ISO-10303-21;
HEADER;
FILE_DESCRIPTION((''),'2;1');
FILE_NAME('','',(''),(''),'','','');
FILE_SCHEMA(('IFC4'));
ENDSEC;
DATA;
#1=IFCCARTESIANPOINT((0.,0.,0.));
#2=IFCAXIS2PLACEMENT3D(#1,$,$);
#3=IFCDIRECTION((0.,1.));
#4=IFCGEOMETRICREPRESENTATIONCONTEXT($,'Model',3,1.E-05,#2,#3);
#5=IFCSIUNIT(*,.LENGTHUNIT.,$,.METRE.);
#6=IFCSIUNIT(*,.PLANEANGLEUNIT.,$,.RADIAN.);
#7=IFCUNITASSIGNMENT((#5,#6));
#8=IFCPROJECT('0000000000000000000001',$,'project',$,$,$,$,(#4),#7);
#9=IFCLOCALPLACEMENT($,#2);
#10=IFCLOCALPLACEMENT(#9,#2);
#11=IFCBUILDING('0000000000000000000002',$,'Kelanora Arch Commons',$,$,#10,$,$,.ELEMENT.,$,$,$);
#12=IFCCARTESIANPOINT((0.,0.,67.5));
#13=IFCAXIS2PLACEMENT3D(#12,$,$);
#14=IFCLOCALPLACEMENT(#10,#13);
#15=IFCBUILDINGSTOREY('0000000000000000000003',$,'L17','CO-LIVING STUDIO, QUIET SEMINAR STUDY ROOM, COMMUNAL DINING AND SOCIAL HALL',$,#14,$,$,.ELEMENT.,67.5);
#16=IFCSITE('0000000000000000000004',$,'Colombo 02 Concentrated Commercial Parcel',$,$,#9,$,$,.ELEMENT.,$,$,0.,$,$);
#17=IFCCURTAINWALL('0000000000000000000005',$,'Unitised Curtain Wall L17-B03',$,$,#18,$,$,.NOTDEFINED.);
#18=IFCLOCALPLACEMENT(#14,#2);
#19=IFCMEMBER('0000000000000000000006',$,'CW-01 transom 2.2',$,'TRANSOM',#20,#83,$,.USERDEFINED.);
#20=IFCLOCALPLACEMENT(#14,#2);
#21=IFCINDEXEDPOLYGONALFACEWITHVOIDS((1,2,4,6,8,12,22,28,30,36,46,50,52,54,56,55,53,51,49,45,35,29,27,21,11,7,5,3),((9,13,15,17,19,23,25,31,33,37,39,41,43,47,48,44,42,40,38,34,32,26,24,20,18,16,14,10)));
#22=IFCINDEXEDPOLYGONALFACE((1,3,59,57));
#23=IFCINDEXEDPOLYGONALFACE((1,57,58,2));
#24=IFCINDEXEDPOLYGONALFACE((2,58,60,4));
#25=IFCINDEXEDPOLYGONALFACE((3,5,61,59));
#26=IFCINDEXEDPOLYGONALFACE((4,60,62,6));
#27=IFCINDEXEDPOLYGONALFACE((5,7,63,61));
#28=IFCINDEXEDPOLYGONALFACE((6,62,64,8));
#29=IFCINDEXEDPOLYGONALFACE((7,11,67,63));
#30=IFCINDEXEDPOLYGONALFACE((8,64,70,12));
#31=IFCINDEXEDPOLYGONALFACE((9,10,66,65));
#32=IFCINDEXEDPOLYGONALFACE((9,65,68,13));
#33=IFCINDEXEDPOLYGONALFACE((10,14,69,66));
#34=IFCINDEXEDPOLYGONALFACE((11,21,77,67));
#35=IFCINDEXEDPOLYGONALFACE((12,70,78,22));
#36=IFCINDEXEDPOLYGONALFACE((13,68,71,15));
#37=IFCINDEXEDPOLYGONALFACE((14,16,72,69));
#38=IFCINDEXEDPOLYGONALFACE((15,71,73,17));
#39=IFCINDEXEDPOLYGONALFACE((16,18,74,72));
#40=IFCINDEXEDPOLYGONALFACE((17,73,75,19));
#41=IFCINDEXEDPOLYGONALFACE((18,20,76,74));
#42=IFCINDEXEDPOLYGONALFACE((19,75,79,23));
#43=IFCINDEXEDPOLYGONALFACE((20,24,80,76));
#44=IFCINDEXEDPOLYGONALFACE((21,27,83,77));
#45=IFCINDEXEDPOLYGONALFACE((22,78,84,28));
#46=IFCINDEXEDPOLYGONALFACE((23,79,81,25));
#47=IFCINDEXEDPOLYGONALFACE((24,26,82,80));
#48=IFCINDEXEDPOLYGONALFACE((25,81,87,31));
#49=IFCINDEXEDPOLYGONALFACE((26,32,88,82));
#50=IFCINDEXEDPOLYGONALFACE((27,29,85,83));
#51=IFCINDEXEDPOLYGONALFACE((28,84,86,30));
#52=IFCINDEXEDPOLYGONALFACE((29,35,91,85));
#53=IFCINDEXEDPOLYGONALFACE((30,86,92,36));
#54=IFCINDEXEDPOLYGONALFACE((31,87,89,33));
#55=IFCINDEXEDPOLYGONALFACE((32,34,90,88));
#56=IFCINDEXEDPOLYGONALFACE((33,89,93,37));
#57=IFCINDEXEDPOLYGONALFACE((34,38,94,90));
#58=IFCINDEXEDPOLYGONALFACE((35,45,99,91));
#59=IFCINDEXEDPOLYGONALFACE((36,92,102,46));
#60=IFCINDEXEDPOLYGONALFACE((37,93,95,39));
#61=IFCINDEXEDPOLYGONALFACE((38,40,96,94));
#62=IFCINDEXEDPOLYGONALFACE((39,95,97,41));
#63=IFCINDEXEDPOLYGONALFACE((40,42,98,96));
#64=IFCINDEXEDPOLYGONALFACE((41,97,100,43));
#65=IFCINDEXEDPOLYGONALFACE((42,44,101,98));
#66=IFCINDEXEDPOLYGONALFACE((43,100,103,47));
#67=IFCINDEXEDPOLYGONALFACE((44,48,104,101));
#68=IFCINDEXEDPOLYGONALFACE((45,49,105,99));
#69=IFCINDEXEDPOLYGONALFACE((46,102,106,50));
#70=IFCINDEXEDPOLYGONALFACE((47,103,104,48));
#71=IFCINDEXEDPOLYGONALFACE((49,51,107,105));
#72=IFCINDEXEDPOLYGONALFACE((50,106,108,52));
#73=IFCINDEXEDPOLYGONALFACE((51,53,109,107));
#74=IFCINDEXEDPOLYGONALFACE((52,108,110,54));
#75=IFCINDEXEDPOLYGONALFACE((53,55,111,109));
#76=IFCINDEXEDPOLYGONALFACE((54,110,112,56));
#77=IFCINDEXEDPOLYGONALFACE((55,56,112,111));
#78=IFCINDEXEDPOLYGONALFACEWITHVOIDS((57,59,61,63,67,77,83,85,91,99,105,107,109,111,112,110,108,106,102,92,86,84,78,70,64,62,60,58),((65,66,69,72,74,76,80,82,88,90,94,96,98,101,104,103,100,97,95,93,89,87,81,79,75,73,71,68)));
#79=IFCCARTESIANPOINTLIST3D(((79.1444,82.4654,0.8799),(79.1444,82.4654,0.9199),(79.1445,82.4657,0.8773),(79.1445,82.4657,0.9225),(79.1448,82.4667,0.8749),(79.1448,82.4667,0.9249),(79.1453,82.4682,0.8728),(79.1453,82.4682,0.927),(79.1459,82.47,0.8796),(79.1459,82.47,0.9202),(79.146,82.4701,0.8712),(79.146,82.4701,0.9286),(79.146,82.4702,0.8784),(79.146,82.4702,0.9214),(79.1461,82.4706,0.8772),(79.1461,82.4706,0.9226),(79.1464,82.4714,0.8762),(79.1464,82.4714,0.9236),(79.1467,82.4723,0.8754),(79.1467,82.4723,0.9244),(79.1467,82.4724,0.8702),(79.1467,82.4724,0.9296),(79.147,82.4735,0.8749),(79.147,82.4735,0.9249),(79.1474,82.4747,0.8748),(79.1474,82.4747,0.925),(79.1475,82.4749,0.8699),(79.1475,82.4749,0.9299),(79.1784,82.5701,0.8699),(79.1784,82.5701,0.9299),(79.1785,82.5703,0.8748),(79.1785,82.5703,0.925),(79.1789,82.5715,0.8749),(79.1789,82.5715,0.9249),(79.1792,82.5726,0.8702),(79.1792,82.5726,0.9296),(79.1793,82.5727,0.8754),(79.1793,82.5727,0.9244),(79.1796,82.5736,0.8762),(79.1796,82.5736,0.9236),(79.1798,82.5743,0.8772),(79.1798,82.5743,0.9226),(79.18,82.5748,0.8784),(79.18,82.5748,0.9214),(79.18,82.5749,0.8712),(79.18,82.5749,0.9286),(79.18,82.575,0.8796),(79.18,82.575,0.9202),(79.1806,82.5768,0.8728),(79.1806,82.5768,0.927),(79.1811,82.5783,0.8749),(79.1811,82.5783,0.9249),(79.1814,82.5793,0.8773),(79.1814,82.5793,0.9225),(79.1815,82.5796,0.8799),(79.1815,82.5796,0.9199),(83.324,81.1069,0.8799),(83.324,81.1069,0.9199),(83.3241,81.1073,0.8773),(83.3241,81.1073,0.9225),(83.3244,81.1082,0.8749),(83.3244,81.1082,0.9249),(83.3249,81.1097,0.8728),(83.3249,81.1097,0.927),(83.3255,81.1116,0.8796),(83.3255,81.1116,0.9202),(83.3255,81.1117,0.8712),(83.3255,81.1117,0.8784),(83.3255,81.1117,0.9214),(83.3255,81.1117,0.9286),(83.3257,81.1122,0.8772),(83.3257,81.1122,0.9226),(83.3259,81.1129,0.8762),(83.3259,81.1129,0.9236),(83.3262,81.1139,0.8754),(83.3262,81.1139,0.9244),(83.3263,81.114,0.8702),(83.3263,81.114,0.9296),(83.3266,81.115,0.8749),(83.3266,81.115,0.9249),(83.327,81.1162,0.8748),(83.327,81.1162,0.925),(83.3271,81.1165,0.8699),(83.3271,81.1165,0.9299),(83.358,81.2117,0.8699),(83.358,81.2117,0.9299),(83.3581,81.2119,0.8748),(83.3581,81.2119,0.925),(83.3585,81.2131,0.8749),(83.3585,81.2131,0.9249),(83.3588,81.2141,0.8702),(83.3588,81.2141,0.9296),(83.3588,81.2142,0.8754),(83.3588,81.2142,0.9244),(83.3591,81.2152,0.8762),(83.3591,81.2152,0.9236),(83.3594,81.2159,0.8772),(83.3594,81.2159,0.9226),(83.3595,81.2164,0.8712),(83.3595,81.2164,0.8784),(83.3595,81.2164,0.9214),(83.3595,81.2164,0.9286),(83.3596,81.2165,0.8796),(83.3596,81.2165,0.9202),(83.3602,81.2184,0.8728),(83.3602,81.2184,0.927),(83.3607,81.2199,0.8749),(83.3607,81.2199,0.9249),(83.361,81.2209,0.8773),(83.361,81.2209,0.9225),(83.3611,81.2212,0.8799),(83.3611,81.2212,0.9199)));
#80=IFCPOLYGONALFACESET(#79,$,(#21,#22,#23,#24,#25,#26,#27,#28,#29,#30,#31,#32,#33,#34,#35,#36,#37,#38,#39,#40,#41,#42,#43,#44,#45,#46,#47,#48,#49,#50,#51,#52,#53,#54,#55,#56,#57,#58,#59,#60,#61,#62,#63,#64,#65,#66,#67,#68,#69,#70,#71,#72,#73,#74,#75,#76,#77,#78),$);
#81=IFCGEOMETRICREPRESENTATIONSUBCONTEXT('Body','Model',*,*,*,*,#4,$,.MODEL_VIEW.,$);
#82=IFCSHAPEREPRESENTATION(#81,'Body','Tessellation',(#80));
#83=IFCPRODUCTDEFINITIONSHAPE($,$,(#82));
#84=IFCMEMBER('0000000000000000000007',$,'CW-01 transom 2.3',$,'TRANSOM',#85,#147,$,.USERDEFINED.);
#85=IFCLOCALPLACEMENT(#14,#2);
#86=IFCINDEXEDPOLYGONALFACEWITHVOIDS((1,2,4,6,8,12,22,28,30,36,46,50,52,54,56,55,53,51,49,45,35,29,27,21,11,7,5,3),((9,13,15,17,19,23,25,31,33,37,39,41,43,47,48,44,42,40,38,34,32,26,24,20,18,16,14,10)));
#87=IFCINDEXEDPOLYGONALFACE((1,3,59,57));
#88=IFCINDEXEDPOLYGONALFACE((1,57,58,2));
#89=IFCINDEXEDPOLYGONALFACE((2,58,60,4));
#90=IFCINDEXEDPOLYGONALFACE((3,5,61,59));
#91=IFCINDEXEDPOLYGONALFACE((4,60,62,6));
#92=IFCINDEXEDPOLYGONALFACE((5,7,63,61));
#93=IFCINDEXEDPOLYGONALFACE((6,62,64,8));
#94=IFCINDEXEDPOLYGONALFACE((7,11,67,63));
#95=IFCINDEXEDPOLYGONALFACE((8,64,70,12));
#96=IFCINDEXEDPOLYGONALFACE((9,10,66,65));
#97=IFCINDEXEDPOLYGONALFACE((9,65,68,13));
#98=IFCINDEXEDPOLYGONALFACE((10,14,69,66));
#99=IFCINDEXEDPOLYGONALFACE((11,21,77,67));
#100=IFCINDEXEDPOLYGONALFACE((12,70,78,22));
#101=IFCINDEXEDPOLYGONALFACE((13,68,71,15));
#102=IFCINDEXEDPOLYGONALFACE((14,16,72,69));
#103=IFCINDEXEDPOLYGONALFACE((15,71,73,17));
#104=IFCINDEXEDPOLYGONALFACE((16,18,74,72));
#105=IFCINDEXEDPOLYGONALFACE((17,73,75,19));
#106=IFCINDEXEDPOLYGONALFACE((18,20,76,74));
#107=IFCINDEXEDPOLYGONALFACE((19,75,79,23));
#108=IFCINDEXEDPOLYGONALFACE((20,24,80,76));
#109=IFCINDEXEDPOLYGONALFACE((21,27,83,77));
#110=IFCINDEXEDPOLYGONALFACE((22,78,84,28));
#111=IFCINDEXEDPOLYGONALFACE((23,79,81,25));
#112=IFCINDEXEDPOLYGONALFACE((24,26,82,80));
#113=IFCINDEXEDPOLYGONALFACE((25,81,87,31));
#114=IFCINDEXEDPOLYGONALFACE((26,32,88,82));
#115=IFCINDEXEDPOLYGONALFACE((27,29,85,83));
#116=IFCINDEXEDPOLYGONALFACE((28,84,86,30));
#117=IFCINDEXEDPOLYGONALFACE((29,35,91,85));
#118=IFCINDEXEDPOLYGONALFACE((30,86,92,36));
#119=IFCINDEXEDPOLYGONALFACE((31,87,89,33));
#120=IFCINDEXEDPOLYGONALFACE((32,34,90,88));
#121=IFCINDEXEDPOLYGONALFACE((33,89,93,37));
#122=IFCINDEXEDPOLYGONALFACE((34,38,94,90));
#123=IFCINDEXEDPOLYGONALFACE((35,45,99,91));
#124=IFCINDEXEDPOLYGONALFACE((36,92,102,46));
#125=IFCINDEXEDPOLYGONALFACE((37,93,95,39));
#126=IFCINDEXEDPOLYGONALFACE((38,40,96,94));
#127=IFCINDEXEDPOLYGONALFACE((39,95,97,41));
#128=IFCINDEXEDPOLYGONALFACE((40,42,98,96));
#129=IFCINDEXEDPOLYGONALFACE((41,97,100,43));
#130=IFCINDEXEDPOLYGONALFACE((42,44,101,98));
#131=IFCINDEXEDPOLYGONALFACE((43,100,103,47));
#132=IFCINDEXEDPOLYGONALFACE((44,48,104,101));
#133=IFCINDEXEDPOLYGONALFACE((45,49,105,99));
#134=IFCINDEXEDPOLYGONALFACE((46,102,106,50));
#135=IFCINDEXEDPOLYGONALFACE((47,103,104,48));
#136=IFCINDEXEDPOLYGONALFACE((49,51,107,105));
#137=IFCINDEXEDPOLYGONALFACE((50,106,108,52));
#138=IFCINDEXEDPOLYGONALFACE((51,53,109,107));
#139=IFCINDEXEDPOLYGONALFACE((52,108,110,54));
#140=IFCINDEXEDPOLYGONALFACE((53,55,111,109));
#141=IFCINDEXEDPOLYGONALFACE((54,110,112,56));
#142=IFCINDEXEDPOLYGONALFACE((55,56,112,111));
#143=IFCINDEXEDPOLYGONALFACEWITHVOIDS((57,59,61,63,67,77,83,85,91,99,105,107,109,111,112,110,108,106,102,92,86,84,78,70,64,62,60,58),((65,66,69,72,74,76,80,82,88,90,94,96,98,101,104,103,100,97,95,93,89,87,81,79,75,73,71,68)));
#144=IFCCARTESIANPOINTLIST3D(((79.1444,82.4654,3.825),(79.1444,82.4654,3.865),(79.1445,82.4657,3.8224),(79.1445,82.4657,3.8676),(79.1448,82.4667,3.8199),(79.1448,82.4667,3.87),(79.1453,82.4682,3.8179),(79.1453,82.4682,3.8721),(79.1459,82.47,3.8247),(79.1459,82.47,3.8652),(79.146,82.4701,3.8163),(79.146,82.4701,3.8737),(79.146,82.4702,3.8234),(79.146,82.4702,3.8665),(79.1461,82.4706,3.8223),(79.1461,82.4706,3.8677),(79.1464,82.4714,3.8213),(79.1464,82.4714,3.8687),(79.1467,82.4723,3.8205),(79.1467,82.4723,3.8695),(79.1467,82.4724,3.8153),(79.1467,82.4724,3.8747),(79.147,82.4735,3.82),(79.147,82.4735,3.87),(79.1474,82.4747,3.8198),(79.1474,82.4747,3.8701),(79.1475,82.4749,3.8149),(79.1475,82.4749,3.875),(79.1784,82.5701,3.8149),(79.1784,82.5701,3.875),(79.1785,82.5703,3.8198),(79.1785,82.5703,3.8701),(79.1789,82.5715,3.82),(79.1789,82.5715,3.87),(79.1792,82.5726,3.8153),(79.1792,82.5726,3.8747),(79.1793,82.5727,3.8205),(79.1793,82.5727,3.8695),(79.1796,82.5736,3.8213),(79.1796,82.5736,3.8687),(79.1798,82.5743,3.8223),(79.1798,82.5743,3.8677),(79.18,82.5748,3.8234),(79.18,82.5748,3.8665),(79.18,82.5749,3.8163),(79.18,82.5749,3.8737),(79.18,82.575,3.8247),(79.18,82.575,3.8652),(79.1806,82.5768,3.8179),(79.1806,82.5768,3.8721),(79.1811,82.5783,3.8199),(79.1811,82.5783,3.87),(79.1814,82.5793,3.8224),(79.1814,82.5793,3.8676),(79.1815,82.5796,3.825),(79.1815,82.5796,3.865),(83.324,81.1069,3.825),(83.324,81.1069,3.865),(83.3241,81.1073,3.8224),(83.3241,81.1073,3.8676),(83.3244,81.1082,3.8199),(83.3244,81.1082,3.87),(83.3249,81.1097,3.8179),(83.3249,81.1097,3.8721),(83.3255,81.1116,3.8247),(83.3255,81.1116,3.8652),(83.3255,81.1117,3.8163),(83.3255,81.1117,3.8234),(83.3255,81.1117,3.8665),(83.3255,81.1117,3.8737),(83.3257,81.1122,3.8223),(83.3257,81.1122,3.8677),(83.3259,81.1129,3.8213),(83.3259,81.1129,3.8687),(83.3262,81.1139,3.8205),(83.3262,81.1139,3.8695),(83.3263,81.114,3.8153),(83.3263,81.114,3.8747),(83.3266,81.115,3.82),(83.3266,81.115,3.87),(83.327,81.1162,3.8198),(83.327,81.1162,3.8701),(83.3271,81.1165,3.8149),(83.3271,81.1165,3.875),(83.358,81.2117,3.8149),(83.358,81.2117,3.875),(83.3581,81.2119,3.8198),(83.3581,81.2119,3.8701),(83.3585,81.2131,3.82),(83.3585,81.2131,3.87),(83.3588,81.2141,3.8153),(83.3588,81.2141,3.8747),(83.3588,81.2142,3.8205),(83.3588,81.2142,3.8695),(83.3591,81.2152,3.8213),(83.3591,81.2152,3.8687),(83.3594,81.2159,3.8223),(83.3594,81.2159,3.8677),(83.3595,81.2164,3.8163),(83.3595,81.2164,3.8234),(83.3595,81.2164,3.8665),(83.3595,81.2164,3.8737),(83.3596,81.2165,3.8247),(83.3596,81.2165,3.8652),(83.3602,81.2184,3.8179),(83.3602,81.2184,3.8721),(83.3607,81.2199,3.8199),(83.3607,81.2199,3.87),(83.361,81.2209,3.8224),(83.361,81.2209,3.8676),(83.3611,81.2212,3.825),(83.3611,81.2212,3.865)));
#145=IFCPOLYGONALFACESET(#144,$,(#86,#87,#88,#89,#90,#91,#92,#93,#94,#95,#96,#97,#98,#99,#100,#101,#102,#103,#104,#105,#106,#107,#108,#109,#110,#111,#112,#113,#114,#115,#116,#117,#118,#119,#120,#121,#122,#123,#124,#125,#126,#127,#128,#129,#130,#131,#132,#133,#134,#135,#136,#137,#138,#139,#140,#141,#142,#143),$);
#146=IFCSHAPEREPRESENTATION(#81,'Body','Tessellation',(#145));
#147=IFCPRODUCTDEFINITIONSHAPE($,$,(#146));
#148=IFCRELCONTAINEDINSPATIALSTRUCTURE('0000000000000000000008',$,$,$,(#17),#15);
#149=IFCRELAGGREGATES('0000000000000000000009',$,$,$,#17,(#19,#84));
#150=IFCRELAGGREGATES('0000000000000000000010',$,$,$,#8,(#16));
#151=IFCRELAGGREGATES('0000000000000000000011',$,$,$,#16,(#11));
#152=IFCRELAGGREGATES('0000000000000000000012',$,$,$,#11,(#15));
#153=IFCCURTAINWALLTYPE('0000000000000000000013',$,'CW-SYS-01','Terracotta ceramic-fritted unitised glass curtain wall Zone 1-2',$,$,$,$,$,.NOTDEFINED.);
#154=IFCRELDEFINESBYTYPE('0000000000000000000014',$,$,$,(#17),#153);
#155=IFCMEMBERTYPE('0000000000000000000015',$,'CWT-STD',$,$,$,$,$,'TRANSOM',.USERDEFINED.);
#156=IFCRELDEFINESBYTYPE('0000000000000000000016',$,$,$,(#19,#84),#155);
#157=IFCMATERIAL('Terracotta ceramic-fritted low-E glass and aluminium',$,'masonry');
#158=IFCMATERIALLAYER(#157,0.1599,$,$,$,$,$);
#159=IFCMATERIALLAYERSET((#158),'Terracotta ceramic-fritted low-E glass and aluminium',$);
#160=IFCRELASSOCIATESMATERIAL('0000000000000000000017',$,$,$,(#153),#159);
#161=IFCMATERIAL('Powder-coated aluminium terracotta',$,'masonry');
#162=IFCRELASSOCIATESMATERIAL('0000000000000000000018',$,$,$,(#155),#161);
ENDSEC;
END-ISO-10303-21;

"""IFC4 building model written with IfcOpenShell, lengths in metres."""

from ifc_helpers import new_model, si_unit, direction, frame, origin, origin_2d, place, context, subcontext, project, spatial, hollow_rectangle, extrude, material, layer, layer_set, material_profile, profile_set, type_object, element, aggregate, save


model = new_model("IFC4")

# Units and contexts
model_context = context("Model", 3, precision=1e-05, world=origin(), true_north=direction((0.0, 1.0)))
body_context = subcontext(model_context, "Body", "Model", "MODEL_VIEW")
ifc_project = project(units=[si_unit("LENGTHUNIT", "METRE"), si_unit("PLANEANGLEUNIT", "RADIAN")], contexts=[model_context])

# Site, building, storey
site_placement = place(None, origin())
site = spatial("IfcSite", under=ifc_project, at=site_placement, Name="Colombo 02 Concentrated Commercial Parcel", CompositionType="ELEMENT", RefElevation=0.0)
building_placement = place(site_placement, origin())
building = spatial("IfcBuilding", under=site, at=building_placement, Name="Kelanora Arch Commons", CompositionType="ELEMENT")
storey_placement = place(building_placement, frame((0.0, 0.0, 67.5)))
storey = spatial("IfcBuildingStorey", under=building, at=storey_placement, Name="L17", Description="CO-LIVING STUDIO, QUIET SEMINAR STUDY ROOM, COMMUNAL DINING AND SOCIAL HALL", CompositionType="ELEMENT", Elevation=67.5)

# Curtain wall, members
ifc_material_1 = material(Name="Terracotta ceramic-fritted low-E glass and aluminium", Category="masonry")
ifc_layer_1 = layer(ifc_material_1, 0.1599)
ifc_layer_set_1 = layer_set([ifc_layer_1], Name="Terracotta ceramic-fritted low-E glass and aluminium")
curtain_wall_type = type_object("IfcCurtainWallType", Name="CW-SYS-01", Description="Terracotta ceramic-fritted unitised glass curtain wall Zone 1-2", PredefinedType="NOTDEFINED", material=ifc_layer_set_1)
curtain_wall_placement = place(storey_placement, origin())
curtain_wall = element("IfcCurtainWall", 1, at=curtain_wall_placement, inside=storey, type_object=curtain_wall_type, Name="Unitised Curtain Wall L17-B03", PredefinedType="NOTDEFINED")
ifc_material_2 = material(Name="Powder-coated aluminium terracotta", Category="masonry")
ifc_material_profile_1 = material_profile(ifc_material_2, hollow_rectangle(XDim=0.1201, YDim=0.0601, WallThickness=0.0049, InnerFilletRadius=0.0049, OuterFilletRadius=0.01, at=origin_2d()), Name="CWT120x60")
ifc_profile_set_1 = profile_set([ifc_material_profile_1], Name="Powder-coated aluminium terracotta")
member_type_1 = type_object("IfcMemberType", Name="CWT-STD", ElementType="TRANSOM", PredefinedType="USERDEFINED", material=ifc_profile_set_1)
member_1_placement = place(storey_placement, frame((83.3425, 81.1641, 0.8999), z_axis=(-0.951029, 0.309102, 0.0), x_axis=(-0.309102, -0.951029, 0.0)))
member_1 = element("IfcMember", 2, at=member_1_placement, type_object=member_type_1, Name="CW-01 transom 2.2", ObjectType="TRANSOM", PredefinedType="USERDEFINED", context=body_context, shape_type="SweptSolid", body=[
    extrude(hollow_rectangle(XDim=0.1201, YDim=0.0601, WallThickness=0.0049, InnerFilletRadius=0.0049, OuterFilletRadius=0.01, at=origin_2d()), origin(), (0.0, 0.0, 1.0), 4.3948),
])
member_2_placement = place(storey_placement, frame((83.3425, 81.1641, 3.845), z_axis=(-0.951029, 0.309102, 0.0), x_axis=(-0.309102, -0.951029, 0.0)))
member_2 = element("IfcMember", 3, at=member_2_placement, type_object=member_type_1, Name="CW-01 transom 2.3", ObjectType="TRANSOM", PredefinedType="USERDEFINED", context=body_context, shape_type="SweptSolid", body=[
    extrude(hollow_rectangle(XDim=0.1201, YDim=0.0601, WallThickness=0.0049, InnerFilletRadius=0.0049, OuterFilletRadius=0.01, at=origin_2d()), origin(), (0.0, 0.0, 1.0), 4.3948),
])
aggregate(curtain_wall, [member_1, member_2])

save(model, "model.ifc")
